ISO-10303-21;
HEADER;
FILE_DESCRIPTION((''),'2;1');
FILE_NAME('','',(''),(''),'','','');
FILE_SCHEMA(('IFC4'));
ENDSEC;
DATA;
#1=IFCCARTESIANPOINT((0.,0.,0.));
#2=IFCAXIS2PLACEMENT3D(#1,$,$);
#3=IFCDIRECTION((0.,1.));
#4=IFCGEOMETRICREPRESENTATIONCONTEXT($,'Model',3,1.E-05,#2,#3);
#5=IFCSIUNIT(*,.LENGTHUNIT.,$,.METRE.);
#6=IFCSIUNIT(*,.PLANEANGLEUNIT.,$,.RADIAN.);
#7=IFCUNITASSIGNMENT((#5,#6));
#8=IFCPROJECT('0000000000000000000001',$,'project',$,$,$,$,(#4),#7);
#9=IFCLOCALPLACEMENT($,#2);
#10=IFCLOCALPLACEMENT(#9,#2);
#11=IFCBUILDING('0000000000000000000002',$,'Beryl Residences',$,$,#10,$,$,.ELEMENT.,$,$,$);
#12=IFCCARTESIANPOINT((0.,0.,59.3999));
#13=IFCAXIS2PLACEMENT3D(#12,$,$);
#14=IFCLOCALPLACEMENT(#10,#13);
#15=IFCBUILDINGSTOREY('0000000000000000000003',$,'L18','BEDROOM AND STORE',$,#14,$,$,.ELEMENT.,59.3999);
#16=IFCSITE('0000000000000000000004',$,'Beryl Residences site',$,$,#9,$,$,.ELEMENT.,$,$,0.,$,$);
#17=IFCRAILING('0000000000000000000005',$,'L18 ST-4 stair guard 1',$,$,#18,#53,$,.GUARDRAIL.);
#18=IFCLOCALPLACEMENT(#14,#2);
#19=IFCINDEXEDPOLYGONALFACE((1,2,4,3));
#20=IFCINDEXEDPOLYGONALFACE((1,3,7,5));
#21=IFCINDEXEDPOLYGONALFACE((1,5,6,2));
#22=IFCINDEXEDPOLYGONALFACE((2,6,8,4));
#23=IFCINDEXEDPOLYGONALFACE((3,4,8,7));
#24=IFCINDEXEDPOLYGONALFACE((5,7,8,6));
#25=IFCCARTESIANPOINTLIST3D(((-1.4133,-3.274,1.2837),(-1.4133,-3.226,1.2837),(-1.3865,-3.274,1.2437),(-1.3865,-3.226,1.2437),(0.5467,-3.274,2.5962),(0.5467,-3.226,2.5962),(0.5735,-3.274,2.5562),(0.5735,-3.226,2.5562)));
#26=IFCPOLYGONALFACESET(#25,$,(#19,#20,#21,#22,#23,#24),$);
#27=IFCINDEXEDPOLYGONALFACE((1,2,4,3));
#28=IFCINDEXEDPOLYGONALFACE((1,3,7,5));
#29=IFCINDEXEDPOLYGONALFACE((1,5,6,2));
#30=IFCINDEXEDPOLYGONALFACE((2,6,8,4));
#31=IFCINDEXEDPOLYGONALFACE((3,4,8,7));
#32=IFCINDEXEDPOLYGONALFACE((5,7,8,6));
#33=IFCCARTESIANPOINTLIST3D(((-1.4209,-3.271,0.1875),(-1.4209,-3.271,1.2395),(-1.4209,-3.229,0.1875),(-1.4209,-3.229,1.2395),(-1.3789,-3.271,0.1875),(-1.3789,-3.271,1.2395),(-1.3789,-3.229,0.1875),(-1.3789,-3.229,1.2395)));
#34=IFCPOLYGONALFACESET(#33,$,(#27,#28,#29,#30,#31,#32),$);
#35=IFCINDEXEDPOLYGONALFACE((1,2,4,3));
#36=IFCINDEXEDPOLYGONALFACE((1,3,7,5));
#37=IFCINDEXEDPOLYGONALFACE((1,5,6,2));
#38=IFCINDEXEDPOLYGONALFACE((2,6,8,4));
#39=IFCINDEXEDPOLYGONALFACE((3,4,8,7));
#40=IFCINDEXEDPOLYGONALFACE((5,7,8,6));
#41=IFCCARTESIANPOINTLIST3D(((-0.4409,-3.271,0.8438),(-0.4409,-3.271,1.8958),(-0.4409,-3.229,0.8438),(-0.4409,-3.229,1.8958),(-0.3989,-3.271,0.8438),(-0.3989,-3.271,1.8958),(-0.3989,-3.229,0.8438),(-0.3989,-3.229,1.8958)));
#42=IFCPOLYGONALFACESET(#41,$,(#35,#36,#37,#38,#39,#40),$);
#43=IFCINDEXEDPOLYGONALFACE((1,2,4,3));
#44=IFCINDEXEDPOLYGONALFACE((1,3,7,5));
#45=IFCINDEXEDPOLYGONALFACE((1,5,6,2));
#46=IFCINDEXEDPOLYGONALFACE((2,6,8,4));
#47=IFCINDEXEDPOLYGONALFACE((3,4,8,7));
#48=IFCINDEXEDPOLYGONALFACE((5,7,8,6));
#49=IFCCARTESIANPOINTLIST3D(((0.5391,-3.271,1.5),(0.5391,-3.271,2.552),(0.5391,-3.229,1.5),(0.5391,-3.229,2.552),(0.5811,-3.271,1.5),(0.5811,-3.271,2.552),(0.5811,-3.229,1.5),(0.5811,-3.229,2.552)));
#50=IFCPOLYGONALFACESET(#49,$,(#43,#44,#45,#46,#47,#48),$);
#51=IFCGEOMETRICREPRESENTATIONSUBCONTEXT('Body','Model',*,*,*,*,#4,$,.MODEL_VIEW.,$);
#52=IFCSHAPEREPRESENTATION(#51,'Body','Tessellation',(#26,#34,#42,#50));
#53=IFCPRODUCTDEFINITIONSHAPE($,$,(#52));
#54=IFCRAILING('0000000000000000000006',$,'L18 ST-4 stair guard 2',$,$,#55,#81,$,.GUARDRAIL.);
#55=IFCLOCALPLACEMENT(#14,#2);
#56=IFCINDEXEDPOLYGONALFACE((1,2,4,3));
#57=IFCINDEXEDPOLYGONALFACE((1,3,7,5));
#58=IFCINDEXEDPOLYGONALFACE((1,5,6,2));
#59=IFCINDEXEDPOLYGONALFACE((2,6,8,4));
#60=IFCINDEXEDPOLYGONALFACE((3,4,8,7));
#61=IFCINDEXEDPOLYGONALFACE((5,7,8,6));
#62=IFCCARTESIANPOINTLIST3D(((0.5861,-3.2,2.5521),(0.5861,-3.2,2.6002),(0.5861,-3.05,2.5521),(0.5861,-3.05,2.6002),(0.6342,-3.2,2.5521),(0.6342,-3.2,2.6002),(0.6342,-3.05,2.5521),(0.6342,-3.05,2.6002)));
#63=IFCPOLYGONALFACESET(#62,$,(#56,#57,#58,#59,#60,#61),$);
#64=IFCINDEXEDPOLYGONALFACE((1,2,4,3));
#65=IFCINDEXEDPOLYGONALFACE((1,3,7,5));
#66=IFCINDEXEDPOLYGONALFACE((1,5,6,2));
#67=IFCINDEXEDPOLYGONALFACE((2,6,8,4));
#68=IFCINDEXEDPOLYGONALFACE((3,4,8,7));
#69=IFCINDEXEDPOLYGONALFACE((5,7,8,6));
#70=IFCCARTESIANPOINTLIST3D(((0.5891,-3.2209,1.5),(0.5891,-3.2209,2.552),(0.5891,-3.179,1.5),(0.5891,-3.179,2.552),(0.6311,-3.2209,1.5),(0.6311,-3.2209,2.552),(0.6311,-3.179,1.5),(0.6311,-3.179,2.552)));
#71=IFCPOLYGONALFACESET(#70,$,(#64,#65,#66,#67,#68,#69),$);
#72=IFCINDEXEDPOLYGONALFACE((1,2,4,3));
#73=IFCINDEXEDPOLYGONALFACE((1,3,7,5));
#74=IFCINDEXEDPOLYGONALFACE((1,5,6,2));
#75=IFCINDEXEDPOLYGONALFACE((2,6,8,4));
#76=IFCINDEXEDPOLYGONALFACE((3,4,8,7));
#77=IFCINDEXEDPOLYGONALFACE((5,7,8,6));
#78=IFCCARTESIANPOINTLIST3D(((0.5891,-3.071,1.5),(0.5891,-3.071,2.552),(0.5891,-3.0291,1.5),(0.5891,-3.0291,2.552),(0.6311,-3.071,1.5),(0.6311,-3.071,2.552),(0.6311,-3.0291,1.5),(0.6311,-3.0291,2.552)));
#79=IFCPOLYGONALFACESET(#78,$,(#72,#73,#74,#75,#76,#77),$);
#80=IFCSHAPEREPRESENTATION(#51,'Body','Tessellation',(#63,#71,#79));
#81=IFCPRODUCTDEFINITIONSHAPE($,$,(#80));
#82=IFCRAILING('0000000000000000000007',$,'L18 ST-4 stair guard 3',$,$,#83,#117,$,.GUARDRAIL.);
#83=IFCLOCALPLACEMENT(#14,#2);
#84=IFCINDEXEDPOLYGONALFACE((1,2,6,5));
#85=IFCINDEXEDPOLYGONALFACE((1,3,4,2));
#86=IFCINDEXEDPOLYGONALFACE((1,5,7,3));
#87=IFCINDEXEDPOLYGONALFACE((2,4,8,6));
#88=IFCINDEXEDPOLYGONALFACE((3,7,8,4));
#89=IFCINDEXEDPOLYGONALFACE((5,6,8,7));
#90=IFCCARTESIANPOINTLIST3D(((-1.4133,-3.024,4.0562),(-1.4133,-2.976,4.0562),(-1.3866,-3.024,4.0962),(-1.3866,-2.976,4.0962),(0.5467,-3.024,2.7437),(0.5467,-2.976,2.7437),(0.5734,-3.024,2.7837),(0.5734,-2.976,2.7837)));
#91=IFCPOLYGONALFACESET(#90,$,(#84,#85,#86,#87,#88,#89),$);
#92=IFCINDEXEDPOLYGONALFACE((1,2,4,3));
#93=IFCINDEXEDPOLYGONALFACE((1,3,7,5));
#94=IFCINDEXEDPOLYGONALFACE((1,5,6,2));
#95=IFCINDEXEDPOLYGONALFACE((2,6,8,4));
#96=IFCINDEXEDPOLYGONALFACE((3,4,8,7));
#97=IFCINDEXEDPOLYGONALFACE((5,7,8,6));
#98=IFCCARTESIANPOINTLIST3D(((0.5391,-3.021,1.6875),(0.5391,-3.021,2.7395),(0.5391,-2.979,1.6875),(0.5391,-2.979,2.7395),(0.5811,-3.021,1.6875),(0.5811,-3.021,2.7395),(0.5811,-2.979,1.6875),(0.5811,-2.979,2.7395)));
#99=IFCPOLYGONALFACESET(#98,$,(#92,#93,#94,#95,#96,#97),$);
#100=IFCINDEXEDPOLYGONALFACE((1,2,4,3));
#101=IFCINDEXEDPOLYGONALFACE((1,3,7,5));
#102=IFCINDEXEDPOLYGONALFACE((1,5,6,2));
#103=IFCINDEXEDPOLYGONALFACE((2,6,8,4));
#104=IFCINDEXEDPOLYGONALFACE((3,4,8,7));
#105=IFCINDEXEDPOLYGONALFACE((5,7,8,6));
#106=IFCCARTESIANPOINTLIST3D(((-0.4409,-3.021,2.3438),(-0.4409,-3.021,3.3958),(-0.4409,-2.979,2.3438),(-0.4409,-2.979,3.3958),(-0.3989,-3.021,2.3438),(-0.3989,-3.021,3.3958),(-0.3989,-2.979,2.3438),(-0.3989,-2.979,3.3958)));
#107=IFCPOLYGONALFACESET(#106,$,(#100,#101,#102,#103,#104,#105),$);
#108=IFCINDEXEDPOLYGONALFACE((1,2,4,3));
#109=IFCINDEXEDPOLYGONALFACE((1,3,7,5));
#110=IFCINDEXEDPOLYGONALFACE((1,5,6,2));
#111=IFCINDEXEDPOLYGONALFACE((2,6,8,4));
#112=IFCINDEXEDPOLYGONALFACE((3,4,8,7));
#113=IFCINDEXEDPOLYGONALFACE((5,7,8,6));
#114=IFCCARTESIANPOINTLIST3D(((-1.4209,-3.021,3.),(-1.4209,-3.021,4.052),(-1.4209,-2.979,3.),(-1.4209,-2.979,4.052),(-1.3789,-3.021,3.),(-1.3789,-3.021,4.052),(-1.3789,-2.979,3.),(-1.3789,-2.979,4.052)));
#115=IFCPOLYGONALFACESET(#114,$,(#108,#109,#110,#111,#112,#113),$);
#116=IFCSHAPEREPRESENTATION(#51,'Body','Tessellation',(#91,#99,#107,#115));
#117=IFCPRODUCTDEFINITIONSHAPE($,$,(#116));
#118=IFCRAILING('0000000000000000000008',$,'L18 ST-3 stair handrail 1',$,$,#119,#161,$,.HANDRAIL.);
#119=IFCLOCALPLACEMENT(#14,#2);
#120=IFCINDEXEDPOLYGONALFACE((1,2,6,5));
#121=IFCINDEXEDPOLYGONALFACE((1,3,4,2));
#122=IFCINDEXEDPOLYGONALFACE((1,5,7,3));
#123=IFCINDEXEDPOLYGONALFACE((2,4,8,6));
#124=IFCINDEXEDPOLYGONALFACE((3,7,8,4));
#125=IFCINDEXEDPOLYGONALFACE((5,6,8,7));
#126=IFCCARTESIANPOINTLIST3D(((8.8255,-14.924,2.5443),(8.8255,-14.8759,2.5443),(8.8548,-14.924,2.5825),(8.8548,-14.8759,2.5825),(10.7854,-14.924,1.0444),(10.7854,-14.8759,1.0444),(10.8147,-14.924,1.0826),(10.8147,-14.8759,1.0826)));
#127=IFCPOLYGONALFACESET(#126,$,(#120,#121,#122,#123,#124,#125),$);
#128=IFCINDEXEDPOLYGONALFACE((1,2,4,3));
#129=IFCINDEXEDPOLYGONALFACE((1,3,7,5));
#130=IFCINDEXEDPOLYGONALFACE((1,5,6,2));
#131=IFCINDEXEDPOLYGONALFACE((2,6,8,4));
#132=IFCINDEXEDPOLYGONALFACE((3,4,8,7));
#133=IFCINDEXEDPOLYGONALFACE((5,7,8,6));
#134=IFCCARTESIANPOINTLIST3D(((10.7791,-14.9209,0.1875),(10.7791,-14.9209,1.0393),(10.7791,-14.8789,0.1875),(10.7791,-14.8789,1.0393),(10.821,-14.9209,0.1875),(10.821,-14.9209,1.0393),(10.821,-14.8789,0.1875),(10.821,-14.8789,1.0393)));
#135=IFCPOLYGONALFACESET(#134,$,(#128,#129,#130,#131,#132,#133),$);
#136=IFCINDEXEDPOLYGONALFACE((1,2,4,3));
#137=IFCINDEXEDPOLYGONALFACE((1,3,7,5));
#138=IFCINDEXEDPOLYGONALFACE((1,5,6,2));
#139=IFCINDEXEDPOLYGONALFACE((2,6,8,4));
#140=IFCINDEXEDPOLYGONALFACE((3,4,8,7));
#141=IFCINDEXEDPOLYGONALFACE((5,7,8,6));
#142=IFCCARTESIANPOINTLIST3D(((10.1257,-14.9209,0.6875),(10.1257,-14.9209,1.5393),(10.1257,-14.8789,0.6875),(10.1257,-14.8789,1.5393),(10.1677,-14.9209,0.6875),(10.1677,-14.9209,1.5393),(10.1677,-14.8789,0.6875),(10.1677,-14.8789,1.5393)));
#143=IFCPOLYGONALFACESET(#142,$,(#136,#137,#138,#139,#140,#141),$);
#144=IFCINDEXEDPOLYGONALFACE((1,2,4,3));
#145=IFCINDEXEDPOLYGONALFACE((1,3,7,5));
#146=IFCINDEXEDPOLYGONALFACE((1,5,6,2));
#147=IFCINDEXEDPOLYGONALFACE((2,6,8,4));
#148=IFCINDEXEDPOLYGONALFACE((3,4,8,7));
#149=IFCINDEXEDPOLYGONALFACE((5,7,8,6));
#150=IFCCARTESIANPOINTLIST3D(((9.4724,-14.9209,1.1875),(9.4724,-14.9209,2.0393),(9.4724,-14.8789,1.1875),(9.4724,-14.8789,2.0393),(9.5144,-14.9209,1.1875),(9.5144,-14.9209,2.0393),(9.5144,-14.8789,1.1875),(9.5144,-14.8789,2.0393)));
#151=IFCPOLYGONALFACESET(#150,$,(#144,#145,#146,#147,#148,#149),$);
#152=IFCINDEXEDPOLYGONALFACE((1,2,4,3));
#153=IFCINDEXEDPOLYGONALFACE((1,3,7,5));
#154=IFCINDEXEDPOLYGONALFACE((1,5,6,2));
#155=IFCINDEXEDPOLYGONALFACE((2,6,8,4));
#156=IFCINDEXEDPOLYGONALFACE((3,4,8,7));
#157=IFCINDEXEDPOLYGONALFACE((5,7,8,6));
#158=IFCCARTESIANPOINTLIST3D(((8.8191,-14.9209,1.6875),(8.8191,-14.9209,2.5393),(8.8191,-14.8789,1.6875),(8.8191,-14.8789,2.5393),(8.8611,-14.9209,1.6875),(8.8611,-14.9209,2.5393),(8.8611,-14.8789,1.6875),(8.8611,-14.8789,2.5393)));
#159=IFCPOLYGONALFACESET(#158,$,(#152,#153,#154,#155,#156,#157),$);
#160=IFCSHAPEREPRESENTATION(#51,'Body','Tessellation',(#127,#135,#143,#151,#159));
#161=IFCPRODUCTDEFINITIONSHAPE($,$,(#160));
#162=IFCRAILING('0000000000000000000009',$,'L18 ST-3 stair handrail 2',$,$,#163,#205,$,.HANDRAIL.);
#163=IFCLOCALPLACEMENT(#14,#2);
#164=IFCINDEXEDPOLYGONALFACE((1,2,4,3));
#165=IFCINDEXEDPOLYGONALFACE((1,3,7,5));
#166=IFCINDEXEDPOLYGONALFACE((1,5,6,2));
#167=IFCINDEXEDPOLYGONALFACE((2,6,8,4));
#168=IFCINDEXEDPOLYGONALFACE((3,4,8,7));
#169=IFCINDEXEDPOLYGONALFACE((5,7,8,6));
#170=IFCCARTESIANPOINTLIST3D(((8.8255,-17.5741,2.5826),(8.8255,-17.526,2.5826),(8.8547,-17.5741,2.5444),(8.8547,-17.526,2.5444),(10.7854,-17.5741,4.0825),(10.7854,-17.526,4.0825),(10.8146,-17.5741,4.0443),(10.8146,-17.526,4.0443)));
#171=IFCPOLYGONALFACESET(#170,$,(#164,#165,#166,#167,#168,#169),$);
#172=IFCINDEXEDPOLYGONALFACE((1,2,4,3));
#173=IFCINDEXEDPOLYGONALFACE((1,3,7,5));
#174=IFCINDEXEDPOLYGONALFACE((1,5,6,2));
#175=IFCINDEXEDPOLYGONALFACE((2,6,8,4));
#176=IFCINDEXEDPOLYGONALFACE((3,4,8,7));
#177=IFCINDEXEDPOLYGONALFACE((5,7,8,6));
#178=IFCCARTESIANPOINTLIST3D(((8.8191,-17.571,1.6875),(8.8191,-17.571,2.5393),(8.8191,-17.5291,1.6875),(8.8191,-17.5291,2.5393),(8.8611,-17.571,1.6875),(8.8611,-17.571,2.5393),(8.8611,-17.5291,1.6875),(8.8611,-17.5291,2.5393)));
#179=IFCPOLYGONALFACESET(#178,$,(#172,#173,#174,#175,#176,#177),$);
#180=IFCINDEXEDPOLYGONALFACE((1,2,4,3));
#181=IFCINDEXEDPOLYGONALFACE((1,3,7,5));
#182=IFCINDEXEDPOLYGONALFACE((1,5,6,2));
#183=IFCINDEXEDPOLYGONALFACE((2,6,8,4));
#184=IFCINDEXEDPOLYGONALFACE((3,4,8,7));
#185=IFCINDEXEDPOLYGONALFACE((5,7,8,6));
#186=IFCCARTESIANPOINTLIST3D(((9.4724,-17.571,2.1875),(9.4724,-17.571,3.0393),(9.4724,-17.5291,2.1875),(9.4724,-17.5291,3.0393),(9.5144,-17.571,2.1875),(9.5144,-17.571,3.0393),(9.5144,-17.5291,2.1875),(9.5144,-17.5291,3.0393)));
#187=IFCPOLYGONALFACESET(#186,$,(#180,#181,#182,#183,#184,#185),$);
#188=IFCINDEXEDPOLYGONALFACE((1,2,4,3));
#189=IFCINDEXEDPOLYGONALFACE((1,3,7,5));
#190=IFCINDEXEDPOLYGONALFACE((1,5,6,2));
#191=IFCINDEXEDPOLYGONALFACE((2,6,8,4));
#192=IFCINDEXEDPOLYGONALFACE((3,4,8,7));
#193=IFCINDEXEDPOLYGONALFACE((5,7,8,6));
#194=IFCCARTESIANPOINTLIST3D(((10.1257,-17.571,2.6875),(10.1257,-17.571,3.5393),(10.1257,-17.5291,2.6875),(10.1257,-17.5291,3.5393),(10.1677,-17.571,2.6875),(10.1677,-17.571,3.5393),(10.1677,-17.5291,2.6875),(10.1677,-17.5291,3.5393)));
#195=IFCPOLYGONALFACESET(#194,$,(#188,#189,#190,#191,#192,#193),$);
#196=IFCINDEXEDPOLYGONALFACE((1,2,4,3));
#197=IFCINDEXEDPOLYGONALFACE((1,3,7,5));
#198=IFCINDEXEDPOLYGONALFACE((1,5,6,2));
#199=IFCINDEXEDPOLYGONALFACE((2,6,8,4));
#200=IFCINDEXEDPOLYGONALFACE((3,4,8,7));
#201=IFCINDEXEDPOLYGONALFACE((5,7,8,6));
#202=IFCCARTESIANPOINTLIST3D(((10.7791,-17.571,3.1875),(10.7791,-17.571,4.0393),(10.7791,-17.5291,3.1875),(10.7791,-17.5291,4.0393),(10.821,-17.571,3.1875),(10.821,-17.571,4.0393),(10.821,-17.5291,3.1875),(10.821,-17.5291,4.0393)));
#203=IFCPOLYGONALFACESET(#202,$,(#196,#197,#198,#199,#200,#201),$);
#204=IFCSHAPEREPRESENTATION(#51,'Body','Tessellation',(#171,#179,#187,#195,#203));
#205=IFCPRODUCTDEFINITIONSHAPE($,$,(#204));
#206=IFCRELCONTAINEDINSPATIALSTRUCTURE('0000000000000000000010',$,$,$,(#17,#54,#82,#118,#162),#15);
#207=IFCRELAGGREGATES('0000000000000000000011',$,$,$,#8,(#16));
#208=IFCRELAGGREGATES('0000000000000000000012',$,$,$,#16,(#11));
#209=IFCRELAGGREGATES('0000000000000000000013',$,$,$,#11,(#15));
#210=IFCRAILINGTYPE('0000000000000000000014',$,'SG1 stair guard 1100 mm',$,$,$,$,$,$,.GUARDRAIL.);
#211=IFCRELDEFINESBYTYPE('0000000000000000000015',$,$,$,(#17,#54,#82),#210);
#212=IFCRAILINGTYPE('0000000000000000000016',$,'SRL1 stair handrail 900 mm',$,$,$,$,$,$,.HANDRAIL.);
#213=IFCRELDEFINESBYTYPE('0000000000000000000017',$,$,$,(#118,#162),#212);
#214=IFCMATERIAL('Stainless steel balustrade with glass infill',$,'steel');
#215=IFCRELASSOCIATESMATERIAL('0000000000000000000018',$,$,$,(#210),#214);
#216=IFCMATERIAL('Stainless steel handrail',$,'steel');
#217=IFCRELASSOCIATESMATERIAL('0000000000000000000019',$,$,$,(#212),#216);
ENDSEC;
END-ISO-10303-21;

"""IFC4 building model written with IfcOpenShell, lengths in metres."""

from ifc_helpers import new_model, si_unit, direction, frame, origin, origin_2d, place, context, subcontext, project, spatial, rectangle, extrude, material, type_object, element, save


model = new_model("IFC4")

# Units and contexts
model_context = context("Model", 3, precision=1e-05, world=origin(), true_north=direction((0.0, 1.0)))
body_context = subcontext(model_context, "Body", "Model", "MODEL_VIEW")
ifc_project = project(units=[si_unit("LENGTHUNIT", "METRE"), si_unit("PLANEANGLEUNIT", "RADIAN")], contexts=[model_context])

# Site, building, storey
site_placement = place(None, origin())
site = spatial("IfcSite", under=ifc_project, at=site_placement, Name="Beryl Residences site", CompositionType="ELEMENT", RefElevation=0.0)
building_placement = place(site_placement, origin())
building = spatial("IfcBuilding", under=site, at=building_placement, Name="Beryl Residences", CompositionType="ELEMENT")
storey_placement = place(building_placement, frame((0.0, 0.0, 59.3999)))
storey = spatial("IfcBuildingStorey", under=building, at=storey_placement, Name="L18", Description="BEDROOM AND STORE", CompositionType="ELEMENT", Elevation=59.3999)

# Railings
ifc_material_1 = material(Name="Stainless steel balustrade with glass infill", Category="steel")
railing_type_1 = type_object("IfcRailingType", Name="SG1 stair guard 1100 mm", PredefinedType="GUARDRAIL", material=ifc_material_1)
railing_1_placement = place(storey_placement, frame((-1.3999, -3.25, 0.1875)))
element("IfcRailing", 1, at=railing_1_placement, inside=storey, type_object=railing_type_1, Name="L18 ST-4 stair guard 1", PredefinedType="GUARDRAIL", context=body_context, shape_type="SweptSolid", body=[
    extrude(rectangle(XDim=0.0481, YDim=0.0481, at=origin_2d()), frame((0.0, 0.0, 1.0762), z_axis=(0.830902, 0.0, 0.556419), x_axis=(0.0, 1.0, 0.0)), (0.0, 0.0, 1.0), 2.3589),
    extrude(rectangle(XDim=0.042, YDim=0.042, at=origin_2d()), origin(), (0.0, 0.0, 1.0), 1.052),
    extrude(rectangle(XDim=0.042, YDim=0.042, at=origin_2d()), frame((0.98, 0.0, 0.6562)), (0.0, 0.0, 1.0), 1.052),
    extrude(rectangle(XDim=0.042, YDim=0.042, at=origin_2d()), frame((1.96, 0.0, 1.3125)), (0.0, 0.0, 1.0), 1.052),
])
railing_2_placement = place(storey_placement, frame((0.6101, -3.2, 1.5)))
element("IfcRailing", 2, at=railing_2_placement, inside=storey, type_object=railing_type_1, Name="L18 ST-4 stair guard 2", PredefinedType="GUARDRAIL", context=body_context, shape_type="SweptSolid", body=[
    extrude(rectangle(XDim=0.0481, YDim=0.0481, at=origin_2d()), frame((0.0, 0.0, 1.0762), z_axis=(0.0, 1.0, 0.0), x_axis=(-1.0, 0.0, 0.0)), (0.0, 0.0, 1.0), 0.1499),
    extrude(rectangle(XDim=0.042, YDim=0.042, at=origin_2d()), origin(), (0.0, 0.0, 1.0), 1.052),
    extrude(rectangle(XDim=0.042, YDim=0.042, at=origin_2d()), frame((0.0, 0.1499, 0.0)), (0.0, 0.0, 1.0), 1.052),
])
railing_3_placement = place(storey_placement, frame((0.5601, -3.0, 1.6875)))
element("IfcRailing", 3, at=railing_3_placement, inside=storey, type_object=railing_type_1, Name="L18 ST-4 stair guard 3", PredefinedType="GUARDRAIL", context=body_context, shape_type="SweptSolid", body=[
    extrude(rectangle(XDim=0.0481, YDim=0.0481, at=origin_2d()), frame((0.0, 0.0, 1.0762), z_axis=(-0.830902, 0.0, 0.556419), x_axis=(0.0, -1.0, 0.0)), (0.0, 0.0, 1.0), 2.3589),
    extrude(rectangle(XDim=0.042, YDim=0.042, at=origin_2d()), origin(), (0.0, 0.0, 1.0), 1.052),
    extrude(rectangle(XDim=0.042, YDim=0.042, at=origin_2d()), frame((-0.98, 0.0, 0.6562)), (0.0, 0.0, 1.0), 1.052),
    extrude(rectangle(XDim=0.042, YDim=0.042, at=origin_2d()), frame((-1.96, 0.0, 1.3125)), (0.0, 0.0, 1.0), 1.052),
])
ifc_material_2 = material(Name="Stainless steel handrail", Category="steel")
railing_type_2 = type_object("IfcRailingType", Name="SRL1 stair handrail 900 mm", PredefinedType="HANDRAIL", material=ifc_material_2)
railing_4_placement = place(storey_placement, frame((10.8, -14.8999, 0.1875)))
element("IfcRailing", 4, at=railing_4_placement, inside=storey, type_object=railing_type_2, Name="L18 ST-3 stair handrail 1", PredefinedType="HANDRAIL", context=body_context, shape_type="SweptSolid", body=[
    extrude(rectangle(XDim=0.0481, YDim=0.0481, at=origin_2d()), frame((0.0, 0.0, 0.876), z_axis=(-0.794122, 0.0, 0.607758), x_axis=(0.0, -1.0, 0.0)), (0.0, 0.0, 1.0), 2.468),
    extrude(rectangle(XDim=0.042, YDim=0.042, at=origin_2d()), origin(), (0.0, 0.0, 1.0), 0.8518),
    extrude(rectangle(XDim=0.042, YDim=0.042, at=origin_2d()), frame((-0.6533, 0.0, 0.5)), (0.0, 0.0, 1.0), 0.8518),
    extrude(rectangle(XDim=0.042, YDim=0.042, at=origin_2d()), frame((-1.3066, 0.0, 1.0)), (0.0, 0.0, 1.0), 0.8518),
    extrude(rectangle(XDim=0.042, YDim=0.042, at=origin_2d()), frame((-1.96, 0.0, 1.5)), (0.0, 0.0, 1.0), 0.8518),
])
for number, where, name in (
    (5, (8.8401, -17.55, 1.6875), "L18 ST-3 stair handrail 2"),
):
    element("IfcRailing", number, at=place(storey_placement, frame(where)), inside=storey, type_object=railing_type_2, Name=name, PredefinedType="HANDRAIL", context=body_context, shape_type="SweptSolid", body=[
        extrude(rectangle(XDim=0.0481, YDim=0.0481, at=origin_2d()), frame((0.0, 0.0, 0.876), z_axis=(0.794122, 0.0, 0.607758), x_axis=(0.0, 1.0, 0.0)), (0.0, 0.0, 1.0), 2.468),
        extrude(rectangle(XDim=0.042, YDim=0.042, at=origin_2d()), origin(), (0.0, 0.0, 1.0), 0.8518),
        extrude(rectangle(XDim=0.042, YDim=0.042, at=origin_2d()), frame((0.6533, 0.0, 0.5)), (0.0, 0.0, 1.0), 0.8518),
        extrude(rectangle(XDim=0.042, YDim=0.042, at=origin_2d()), frame((1.3066, 0.0, 1.0)), (0.0, 0.0, 1.0), 0.8518),
        extrude(rectangle(XDim=0.042, YDim=0.042, at=origin_2d()), frame((1.96, 0.0, 1.5)), (0.0, 0.0, 1.0), 0.8518),
    ])

save(model, "model.ifc")
